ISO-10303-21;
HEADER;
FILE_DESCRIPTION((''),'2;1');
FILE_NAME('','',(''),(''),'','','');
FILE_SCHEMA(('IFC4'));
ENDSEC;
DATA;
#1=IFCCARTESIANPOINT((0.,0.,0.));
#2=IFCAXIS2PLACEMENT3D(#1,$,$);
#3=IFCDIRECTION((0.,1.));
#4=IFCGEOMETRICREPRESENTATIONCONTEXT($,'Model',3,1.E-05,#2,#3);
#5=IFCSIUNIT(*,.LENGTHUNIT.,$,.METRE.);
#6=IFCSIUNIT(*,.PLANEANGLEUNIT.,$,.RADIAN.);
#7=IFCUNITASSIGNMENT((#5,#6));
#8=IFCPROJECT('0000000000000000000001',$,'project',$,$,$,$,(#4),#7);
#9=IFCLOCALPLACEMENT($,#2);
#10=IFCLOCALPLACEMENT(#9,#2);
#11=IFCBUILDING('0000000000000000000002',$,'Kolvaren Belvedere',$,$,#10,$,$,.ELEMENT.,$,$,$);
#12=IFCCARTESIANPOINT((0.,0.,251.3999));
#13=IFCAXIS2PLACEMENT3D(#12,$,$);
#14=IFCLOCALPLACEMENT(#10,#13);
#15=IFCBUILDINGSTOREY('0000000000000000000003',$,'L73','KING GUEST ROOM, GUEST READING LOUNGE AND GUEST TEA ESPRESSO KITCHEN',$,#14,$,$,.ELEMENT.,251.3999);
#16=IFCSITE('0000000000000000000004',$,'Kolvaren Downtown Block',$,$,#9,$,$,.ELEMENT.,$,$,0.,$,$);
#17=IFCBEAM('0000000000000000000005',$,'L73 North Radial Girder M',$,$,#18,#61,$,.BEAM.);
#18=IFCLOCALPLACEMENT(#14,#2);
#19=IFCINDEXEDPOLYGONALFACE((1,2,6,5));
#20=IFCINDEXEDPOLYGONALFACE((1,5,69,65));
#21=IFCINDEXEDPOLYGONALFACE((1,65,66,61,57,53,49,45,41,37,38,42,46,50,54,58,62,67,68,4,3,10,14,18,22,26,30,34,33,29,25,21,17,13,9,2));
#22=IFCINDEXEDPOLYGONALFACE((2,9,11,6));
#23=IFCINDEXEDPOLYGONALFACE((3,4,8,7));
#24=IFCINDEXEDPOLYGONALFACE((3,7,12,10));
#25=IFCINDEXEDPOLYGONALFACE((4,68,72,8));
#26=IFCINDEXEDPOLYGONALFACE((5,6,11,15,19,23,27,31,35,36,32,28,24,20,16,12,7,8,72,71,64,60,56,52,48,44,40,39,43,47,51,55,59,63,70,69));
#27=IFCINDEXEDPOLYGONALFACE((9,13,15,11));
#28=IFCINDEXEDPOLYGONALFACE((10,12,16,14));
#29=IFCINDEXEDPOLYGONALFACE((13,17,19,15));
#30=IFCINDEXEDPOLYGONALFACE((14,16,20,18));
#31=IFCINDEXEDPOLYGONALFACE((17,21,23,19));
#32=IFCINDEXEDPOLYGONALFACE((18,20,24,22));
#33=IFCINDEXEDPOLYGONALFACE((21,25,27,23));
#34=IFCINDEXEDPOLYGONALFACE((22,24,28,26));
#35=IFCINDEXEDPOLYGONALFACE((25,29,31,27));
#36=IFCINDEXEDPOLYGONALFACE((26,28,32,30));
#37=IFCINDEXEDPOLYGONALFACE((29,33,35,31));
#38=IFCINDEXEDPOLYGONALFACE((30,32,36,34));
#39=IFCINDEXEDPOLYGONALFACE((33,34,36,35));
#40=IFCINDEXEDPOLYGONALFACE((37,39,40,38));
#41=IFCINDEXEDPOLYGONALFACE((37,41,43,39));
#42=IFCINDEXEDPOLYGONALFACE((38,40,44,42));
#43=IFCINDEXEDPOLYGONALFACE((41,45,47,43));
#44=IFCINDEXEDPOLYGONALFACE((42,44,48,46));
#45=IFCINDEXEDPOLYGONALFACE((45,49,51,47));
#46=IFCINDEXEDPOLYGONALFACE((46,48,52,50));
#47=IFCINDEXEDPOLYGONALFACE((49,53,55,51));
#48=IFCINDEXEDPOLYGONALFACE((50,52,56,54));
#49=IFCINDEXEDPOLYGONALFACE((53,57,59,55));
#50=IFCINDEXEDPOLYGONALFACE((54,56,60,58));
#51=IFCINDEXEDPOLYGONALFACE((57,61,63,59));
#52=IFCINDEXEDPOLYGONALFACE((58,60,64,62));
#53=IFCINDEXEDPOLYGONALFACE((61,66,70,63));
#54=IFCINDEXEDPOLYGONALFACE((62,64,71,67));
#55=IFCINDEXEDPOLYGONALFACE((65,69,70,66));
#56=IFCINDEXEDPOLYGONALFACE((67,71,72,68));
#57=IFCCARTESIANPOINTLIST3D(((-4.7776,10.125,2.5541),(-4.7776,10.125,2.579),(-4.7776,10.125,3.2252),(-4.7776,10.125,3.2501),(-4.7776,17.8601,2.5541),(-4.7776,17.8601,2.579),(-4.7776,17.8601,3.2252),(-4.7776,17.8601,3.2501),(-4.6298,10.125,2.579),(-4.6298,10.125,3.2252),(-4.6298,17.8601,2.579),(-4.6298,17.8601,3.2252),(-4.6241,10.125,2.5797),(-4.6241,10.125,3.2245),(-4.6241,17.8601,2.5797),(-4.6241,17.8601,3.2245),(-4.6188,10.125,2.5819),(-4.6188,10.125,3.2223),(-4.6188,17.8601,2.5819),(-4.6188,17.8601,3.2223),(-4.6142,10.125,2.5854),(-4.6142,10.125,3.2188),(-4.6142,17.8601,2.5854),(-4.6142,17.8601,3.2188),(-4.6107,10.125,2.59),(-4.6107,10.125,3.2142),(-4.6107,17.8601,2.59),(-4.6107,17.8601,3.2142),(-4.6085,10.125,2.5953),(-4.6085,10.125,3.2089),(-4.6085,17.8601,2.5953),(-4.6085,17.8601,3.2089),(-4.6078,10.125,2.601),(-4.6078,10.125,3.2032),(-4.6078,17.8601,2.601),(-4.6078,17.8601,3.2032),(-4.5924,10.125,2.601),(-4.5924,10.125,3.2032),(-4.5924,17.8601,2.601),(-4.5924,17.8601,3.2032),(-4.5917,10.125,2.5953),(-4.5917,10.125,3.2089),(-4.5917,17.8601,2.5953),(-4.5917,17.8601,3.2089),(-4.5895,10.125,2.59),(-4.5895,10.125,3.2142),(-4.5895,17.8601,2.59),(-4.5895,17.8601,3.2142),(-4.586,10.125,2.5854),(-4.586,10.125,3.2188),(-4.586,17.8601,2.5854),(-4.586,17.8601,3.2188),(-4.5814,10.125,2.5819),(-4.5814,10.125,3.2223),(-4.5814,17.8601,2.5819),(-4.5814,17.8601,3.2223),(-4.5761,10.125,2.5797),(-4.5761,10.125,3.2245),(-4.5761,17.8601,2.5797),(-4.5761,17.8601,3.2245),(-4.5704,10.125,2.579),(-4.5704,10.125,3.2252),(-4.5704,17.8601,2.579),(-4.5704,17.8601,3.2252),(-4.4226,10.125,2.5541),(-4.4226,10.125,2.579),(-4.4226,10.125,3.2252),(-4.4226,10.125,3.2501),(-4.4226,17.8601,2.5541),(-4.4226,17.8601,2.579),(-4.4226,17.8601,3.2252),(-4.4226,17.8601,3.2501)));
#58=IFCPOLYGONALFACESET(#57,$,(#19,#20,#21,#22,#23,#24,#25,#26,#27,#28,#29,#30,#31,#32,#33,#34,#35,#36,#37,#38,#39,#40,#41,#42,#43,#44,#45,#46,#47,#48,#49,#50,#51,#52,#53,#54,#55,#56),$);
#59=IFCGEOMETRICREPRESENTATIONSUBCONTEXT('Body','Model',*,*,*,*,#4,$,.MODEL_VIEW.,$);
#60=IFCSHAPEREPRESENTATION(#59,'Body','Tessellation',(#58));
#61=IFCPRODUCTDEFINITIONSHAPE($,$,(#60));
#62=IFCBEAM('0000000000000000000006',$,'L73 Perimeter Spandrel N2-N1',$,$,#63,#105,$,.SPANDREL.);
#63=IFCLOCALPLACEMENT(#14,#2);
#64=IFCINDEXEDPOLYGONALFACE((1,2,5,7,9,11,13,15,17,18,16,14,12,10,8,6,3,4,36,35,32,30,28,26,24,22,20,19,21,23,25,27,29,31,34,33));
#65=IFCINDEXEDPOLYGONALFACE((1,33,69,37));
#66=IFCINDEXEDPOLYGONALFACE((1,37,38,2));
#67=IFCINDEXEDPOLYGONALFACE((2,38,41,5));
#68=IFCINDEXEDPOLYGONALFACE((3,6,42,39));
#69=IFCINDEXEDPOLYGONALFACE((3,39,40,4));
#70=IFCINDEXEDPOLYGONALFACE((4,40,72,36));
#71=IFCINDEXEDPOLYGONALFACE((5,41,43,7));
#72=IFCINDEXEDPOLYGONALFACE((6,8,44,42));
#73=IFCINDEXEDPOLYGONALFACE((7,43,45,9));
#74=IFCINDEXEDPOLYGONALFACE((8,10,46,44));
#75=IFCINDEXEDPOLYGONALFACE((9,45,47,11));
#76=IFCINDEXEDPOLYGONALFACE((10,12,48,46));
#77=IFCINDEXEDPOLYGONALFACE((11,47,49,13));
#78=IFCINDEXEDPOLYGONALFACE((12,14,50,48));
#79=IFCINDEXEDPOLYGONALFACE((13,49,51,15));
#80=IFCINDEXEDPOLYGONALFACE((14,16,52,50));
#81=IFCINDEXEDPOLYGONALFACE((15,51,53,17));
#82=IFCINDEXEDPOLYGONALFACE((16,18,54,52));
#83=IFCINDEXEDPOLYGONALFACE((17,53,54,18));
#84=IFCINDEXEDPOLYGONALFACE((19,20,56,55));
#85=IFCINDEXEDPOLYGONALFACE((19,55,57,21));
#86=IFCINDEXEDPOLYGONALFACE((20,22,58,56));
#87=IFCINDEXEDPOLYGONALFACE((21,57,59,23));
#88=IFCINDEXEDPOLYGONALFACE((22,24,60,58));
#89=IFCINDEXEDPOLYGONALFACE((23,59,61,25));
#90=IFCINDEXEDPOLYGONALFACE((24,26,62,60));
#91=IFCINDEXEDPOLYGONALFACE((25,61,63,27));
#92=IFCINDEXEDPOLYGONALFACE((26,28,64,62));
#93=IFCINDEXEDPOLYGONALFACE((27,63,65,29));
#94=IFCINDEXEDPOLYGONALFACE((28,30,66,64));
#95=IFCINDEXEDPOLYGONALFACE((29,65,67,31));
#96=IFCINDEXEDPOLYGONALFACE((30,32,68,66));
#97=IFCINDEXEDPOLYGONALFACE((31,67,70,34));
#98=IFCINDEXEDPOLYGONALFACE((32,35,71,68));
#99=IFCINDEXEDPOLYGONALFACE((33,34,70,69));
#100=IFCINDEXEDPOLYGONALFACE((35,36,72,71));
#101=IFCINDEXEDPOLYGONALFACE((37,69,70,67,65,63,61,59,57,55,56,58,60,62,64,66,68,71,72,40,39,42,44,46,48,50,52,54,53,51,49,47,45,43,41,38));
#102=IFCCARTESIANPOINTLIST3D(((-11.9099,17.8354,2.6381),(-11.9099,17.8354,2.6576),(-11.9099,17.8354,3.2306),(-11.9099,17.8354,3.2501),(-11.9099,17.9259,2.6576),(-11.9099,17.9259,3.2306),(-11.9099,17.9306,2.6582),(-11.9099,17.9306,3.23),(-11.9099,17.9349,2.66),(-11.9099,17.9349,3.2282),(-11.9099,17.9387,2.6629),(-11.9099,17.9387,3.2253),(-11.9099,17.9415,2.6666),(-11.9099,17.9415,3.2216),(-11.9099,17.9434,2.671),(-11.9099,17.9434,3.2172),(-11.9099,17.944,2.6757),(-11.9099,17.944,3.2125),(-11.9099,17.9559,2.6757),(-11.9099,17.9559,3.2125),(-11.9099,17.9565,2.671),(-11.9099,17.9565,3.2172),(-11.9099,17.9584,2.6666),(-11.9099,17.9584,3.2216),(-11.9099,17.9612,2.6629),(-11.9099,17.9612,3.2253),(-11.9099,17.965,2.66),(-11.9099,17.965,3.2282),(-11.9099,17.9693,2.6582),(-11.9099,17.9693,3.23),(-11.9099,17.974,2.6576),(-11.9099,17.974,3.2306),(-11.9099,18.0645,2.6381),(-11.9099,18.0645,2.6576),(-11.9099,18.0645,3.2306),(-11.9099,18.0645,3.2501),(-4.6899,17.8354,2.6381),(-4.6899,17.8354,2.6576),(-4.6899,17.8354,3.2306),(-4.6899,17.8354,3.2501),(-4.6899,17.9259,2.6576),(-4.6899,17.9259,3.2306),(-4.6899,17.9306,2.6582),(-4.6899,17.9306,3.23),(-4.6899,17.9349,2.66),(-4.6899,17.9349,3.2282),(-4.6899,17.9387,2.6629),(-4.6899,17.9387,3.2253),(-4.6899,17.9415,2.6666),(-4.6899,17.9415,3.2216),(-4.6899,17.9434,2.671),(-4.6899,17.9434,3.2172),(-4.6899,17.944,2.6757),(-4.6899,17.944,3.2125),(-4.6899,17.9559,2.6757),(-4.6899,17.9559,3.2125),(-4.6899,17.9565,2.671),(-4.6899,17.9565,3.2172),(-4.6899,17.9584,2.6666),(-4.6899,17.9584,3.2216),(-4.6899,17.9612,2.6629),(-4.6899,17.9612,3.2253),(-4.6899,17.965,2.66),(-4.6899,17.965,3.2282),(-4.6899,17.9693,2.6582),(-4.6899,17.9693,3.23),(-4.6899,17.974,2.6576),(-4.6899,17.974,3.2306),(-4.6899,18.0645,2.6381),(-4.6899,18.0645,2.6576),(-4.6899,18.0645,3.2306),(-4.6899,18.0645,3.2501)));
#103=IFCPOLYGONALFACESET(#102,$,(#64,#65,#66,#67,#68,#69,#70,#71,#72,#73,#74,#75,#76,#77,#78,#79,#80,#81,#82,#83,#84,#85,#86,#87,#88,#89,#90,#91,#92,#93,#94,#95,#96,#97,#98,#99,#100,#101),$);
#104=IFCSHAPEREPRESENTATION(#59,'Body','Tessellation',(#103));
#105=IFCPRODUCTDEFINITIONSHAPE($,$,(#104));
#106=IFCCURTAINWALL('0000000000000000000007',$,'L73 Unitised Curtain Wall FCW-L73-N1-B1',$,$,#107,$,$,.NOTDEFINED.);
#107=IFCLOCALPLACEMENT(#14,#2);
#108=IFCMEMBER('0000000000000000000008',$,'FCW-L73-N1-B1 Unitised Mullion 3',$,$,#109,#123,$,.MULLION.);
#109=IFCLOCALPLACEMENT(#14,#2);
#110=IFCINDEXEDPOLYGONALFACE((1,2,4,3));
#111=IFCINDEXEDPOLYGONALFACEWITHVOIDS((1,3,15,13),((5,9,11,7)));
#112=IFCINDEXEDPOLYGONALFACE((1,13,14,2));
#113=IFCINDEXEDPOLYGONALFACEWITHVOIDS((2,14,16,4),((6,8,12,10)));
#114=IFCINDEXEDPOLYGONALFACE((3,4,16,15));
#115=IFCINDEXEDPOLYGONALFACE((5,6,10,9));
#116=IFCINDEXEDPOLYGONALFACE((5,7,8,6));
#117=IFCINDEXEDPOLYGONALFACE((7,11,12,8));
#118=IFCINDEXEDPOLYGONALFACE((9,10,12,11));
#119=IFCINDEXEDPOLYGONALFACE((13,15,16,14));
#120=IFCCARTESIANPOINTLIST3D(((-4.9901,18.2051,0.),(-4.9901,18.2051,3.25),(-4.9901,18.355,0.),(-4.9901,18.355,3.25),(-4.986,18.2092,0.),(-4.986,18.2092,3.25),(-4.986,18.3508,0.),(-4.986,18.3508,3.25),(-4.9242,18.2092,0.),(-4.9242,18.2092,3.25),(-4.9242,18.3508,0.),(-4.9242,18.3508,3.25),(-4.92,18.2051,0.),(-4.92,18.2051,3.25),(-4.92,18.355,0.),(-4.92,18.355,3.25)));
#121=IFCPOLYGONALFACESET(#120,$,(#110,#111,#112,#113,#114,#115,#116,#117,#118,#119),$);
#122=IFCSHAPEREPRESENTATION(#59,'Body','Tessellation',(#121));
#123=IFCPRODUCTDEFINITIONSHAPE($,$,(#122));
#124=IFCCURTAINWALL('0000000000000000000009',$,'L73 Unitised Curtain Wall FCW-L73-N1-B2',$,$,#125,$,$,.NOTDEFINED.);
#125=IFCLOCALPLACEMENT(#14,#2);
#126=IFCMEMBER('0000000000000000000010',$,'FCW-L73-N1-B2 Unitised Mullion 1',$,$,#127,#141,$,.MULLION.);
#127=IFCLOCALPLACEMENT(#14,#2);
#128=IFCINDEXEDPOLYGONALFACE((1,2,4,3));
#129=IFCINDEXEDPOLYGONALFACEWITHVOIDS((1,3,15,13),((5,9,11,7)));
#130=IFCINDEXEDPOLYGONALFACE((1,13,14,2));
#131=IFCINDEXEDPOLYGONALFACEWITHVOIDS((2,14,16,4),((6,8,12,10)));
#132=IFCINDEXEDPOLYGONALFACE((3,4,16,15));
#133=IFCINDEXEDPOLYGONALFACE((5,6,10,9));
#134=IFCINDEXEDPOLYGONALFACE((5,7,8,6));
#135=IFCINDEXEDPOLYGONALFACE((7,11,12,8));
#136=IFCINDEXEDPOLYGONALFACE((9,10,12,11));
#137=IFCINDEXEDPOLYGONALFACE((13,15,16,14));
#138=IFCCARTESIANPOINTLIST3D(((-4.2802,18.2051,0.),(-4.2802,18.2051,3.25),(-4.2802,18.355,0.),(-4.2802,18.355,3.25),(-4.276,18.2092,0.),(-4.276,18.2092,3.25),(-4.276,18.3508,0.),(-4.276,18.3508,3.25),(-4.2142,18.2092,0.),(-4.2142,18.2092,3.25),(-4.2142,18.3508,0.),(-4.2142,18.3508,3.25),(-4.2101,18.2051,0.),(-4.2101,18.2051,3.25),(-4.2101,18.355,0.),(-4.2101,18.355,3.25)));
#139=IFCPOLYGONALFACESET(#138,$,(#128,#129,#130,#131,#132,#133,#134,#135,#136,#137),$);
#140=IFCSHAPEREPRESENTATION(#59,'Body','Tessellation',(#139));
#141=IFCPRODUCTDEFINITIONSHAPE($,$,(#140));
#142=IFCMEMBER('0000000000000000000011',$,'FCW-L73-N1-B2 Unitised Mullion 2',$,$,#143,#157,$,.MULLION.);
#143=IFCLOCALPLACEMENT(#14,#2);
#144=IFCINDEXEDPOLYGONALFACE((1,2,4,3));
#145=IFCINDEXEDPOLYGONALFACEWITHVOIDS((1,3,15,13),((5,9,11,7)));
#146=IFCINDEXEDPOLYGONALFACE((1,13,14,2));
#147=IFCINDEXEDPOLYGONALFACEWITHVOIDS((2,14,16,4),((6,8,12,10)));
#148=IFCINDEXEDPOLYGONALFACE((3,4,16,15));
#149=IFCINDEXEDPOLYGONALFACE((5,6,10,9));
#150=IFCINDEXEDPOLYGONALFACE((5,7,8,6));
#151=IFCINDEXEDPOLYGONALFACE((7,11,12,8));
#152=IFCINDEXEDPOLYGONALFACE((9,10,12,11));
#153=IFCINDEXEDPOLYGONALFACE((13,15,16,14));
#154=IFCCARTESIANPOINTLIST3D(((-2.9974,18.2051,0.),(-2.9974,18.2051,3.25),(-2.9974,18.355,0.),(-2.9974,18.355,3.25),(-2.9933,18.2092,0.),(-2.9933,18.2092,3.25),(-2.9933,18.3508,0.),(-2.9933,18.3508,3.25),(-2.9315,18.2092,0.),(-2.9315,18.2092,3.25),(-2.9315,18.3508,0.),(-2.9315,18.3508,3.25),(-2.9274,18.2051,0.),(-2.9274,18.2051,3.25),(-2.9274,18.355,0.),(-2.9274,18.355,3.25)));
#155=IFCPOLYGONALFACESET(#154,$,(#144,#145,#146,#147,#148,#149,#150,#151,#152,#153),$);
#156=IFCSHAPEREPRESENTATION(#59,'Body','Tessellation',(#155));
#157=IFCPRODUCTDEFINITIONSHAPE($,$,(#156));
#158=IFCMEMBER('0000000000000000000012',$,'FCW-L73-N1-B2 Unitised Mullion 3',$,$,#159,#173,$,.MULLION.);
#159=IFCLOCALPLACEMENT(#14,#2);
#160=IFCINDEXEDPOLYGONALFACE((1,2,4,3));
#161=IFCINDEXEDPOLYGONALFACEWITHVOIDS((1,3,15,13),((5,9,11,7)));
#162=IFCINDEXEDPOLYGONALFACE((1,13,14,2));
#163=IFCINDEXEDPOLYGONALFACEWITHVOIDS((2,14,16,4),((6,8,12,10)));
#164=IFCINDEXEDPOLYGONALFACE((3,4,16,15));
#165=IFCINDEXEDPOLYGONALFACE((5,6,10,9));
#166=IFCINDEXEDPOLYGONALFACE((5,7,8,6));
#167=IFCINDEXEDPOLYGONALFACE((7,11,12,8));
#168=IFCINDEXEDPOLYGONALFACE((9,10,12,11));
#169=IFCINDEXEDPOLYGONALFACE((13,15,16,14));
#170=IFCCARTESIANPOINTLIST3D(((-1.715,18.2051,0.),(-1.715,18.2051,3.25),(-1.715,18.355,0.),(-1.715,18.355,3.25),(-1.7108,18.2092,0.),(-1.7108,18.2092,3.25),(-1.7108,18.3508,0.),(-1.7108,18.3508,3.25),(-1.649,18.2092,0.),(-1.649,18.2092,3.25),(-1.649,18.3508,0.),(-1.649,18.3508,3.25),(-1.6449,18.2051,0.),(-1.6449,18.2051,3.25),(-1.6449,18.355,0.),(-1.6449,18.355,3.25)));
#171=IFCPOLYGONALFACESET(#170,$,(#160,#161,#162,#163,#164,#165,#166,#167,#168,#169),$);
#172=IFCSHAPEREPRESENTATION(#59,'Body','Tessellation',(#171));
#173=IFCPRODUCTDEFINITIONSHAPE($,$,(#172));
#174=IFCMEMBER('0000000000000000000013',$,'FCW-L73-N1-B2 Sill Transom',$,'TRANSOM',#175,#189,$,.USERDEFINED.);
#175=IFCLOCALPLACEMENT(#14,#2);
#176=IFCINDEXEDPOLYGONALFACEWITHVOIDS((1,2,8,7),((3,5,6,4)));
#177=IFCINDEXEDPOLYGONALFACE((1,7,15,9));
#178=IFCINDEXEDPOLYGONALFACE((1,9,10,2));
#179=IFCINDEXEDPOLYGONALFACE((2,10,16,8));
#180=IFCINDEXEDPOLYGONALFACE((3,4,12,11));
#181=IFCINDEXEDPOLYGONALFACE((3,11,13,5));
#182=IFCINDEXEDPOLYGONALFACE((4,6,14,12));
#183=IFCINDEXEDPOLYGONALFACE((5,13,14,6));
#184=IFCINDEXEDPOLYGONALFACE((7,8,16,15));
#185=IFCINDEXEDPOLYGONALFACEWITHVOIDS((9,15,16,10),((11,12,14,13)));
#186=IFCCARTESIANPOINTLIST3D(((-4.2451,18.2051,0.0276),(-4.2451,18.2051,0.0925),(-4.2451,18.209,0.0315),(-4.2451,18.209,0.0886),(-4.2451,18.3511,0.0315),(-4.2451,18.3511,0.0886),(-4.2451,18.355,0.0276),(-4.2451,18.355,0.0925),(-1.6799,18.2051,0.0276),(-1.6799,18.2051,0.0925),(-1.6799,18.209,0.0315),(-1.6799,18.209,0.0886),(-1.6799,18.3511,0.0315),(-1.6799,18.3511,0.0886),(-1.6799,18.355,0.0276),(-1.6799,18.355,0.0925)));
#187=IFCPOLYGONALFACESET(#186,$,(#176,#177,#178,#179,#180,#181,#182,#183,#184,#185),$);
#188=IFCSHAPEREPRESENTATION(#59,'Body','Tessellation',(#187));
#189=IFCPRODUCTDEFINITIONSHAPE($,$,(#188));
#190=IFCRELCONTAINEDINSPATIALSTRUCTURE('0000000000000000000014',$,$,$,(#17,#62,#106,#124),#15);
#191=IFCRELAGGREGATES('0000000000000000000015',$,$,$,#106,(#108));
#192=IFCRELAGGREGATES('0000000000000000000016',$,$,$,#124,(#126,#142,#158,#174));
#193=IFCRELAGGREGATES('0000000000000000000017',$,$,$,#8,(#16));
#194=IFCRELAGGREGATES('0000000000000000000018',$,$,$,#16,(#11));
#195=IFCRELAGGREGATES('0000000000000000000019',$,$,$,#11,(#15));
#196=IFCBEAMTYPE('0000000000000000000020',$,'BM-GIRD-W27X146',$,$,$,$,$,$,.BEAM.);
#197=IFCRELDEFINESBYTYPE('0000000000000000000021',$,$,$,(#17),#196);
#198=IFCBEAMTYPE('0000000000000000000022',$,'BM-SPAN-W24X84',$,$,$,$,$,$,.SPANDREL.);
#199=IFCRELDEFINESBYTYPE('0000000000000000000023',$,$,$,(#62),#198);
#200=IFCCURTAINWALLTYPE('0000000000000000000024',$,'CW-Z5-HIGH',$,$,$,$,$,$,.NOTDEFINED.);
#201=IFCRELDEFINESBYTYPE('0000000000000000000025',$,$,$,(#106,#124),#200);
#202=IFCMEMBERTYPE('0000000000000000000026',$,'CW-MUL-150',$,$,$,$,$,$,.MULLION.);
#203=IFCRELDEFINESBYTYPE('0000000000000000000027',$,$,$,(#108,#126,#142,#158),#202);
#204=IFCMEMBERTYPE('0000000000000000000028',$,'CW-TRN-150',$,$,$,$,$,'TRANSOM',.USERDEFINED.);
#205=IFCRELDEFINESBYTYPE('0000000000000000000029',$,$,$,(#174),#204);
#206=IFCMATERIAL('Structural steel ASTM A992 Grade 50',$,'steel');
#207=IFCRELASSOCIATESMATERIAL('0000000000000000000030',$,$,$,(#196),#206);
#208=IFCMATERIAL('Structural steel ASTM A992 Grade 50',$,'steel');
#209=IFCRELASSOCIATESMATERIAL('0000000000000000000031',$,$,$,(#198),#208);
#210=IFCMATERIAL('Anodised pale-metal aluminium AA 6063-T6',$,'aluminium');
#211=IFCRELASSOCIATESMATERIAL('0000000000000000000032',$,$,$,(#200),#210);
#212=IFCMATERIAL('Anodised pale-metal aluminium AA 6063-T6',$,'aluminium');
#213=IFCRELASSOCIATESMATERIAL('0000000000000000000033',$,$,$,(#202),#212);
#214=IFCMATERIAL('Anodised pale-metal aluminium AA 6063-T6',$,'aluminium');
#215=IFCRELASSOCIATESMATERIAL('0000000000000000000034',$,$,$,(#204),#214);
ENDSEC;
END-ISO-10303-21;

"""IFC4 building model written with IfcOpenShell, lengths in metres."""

from ifc_helpers import new_model, si_unit, direction, frame, origin, origin_2d, place, context, subcontext, project, spatial, hollow_rectangle, i_section, extrude, material, material_profile, profile_set, type_object, element, aggregate, save


model = new_model("IFC4")

# Units and contexts
model_context = context("Model", 3, precision=1e-05, world=origin(), true_north=direction((0.0, 1.0)))
body_context = subcontext(model_context, "Body", "Model", "MODEL_VIEW")
ifc_project = project(units=[si_unit("LENGTHUNIT", "METRE"), si_unit("PLANEANGLEUNIT", "RADIAN")], contexts=[model_context])

# Site, building, storey
site_placement = place(None, origin())
site = spatial("IfcSite", under=ifc_project, at=site_placement, Name="Kolvaren Downtown Block", CompositionType="ELEMENT", RefElevation=0.0)
building_placement = place(site_placement, origin())
building = spatial("IfcBuilding", under=site, at=building_placement, Name="Kolvaren Belvedere", CompositionType="ELEMENT")
storey_placement = place(building_placement, frame((0.0, 0.0, 251.3999)))
storey = spatial("IfcBuildingStorey", under=building, at=storey_placement, Name="L73", Description="KING GUEST ROOM, GUEST READING LOUNGE AND GUEST TEA ESPRESSO KITCHEN", CompositionType="ELEMENT", Elevation=251.3999)

# Beams
ifc_material_1 = material(Name="Structural steel ASTM A992 Grade 50", Category="steel")
ifc_material_profile_1 = material_profile(ifc_material_1, i_section(OverallWidth=0.355, OverallDepth=0.696, WebThickness=0.0154, FlangeThickness=0.0249, FilletRadius=0.022, at=origin_2d()), Name="W27X146")
ifc_profile_set_1 = profile_set([ifc_material_profile_1], Name="Structural steel ASTM A992 Grade 50")
beam_type_1 = type_object("IfcBeamType", Name="BM-GIRD-W27X146", PredefinedType="BEAM", material=ifc_profile_set_1)
beam_1_placement = place(storey_placement, frame((-4.6001, 10.125, 2.9021), z_axis=(0.0, 1.0, 0.0), x_axis=(-1.0, 0.0, 0.0)))
element("IfcBeam", 1, at=beam_1_placement, inside=storey, type_object=beam_type_1, Name="L73 North Radial Girder M", PredefinedType="BEAM", context=body_context, shape_type="SweptSolid", body=[
    extrude(i_section(OverallWidth=0.355, OverallDepth=0.696, WebThickness=0.0154, FlangeThickness=0.0249, FilletRadius=0.022, at=origin_2d()), origin(), (0.0, 0.0, 1.0), 7.7351),
])
ifc_material_2 = material(Name="Structural steel ASTM A992 Grade 50", Category="steel")
ifc_material_profile_2 = material_profile(ifc_material_2, i_section(OverallWidth=0.229, OverallDepth=0.6121, WebThickness=0.012, FlangeThickness=0.0195, FilletRadius=0.0181, at=origin_2d()), Name="W24X84")
ifc_profile_set_2 = profile_set([ifc_material_profile_2], Name="Structural steel ASTM A992 Grade 50")
beam_type_2 = type_object("IfcBeamType", Name="BM-SPAN-W24X84", PredefinedType="SPANDREL", material=ifc_profile_set_2)
beam_2_placement = place(storey_placement, frame((-4.6899, 17.95, 2.9441), z_axis=(-1.0, 0.0, 0.0), x_axis=(0.0, -1.0, 0.0)))
element("IfcBeam", 2, at=beam_2_placement, inside=storey, type_object=beam_type_2, Name="L73 Perimeter Spandrel N2-N1", PredefinedType="SPANDREL", context=body_context, shape_type="SweptSolid", body=[
    extrude(i_section(OverallWidth=0.229, OverallDepth=0.6121, WebThickness=0.012, FlangeThickness=0.0195, FilletRadius=0.0181, at=origin_2d()), origin(), (0.0, 0.0, 1.0), 7.22),
])

# Curtain wall, member
ifc_material_3 = material(Name="Anodised pale-metal aluminium AA 6063-T6", Category="aluminium")
curtain_wall_type = type_object("IfcCurtainWallType", Name="CW-Z5-HIGH", PredefinedType="NOTDEFINED", material=ifc_material_3)
curtain_wall_1_placement = place(storey_placement, origin())
curtain_wall_1 = element("IfcCurtainWall", 3, at=curtain_wall_1_placement, inside=storey, type_object=curtain_wall_type, Name="L73 Unitised Curtain Wall FCW-L73-N1-B1", PredefinedType="NOTDEFINED")
ifc_material_4 = material(Name="Anodised pale-metal aluminium AA 6063-T6", Category="aluminium")
ifc_material_profile_3 = material_profile(ifc_material_4, hollow_rectangle(XDim=0.0701, YDim=0.1499, WallThickness=0.0042, at=origin_2d()), Name="ALU-MUL-150X70")
ifc_profile_set_3 = profile_set([ifc_material_profile_3], Name="Anodised pale-metal aluminium AA 6063-T6")
member_type_1 = type_object("IfcMemberType", Name="CW-MUL-150", PredefinedType="MULLION", material=ifc_profile_set_3)
member_1_placement = place(storey_placement, frame((-4.9551, 18.28, 0.0), z_axis=(0.0, 0.0, 1.0), x_axis=(1.0, 0.0, 0.0)))
member_1 = element("IfcMember", 4, at=member_1_placement, type_object=member_type_1, Name="FCW-L73-N1-B1 Unitised Mullion 3", PredefinedType="MULLION", context=body_context, shape_type="SweptSolid", body=[
    extrude(hollow_rectangle(XDim=0.0701, YDim=0.1499, WallThickness=0.0042, at=origin_2d()), origin(), (0.0, 0.0, 1.0), 3.25),
])

# Curtain wall, members
curtain_wall_2_placement = place(storey_placement, origin())
curtain_wall_2 = element("IfcCurtainWall", 5, at=curtain_wall_2_placement, inside=storey, type_object=curtain_wall_type, Name="L73 Unitised Curtain Wall FCW-L73-N1-B2", PredefinedType="NOTDEFINED")
member_2_placement = place(storey_placement, frame((-4.2451, 18.28, 0.0), z_axis=(0.0, 0.0, 1.0), x_axis=(1.0, 0.0, 0.0)))
member_2 = element("IfcMember", 6, at=member_2_placement, type_object=member_type_1, Name="FCW-L73-N1-B2 Unitised Mullion 1", PredefinedType="MULLION", context=body_context, shape_type="SweptSolid", body=[
    extrude(hollow_rectangle(XDim=0.0701, YDim=0.1499, WallThickness=0.0042, at=origin_2d()), origin(), (0.0, 0.0, 1.0), 3.25),
])
member_3_placement = place(storey_placement, frame((-2.9624, 18.28, 0.0), z_axis=(0.0, 0.0, 1.0), x_axis=(1.0, 0.0, 0.0)))
member_3 = element("IfcMember", 7, at=member_3_placement, type_object=member_type_1, Name="FCW-L73-N1-B2 Unitised Mullion 2", PredefinedType="MULLION", context=body_context, shape_type="SweptSolid", body=[
    extrude(hollow_rectangle(XDim=0.0701, YDim=0.1499, WallThickness=0.0042, at=origin_2d()), origin(), (0.0, 0.0, 1.0), 3.25),
])
member_4_placement = place(storey_placement, frame((-1.6799, 18.28, 0.0), z_axis=(0.0, 0.0, 1.0), x_axis=(1.0, 0.0, 0.0)))
member_4 = element("IfcMember", 8, at=member_4_placement, type_object=member_type_1, Name="FCW-L73-N1-B2 Unitised Mullion 3", PredefinedType="MULLION", context=body_context, shape_type="SweptSolid", body=[
    extrude(hollow_rectangle(XDim=0.0701, YDim=0.1499, WallThickness=0.0042, at=origin_2d()), origin(), (0.0, 0.0, 1.0), 3.25),
])
ifc_material_5 = material(Name="Anodised pale-metal aluminium AA 6063-T6", Category="aluminium")
ifc_material_profile_4 = material_profile(ifc_material_5, hollow_rectangle(XDim=0.0649, YDim=0.1499, WallThickness=0.0039, at=origin_2d()), Name="ALU-TRN-150X65")
ifc_profile_set_4 = profile_set([ifc_material_profile_4], Name="Anodised pale-metal aluminium AA 6063-T6")
member_type_2 = type_object("IfcMemberType", Name="CW-TRN-150", ElementType="TRANSOM", PredefinedType="USERDEFINED", material=ifc_profile_set_4)
member_5_placement = place(storey_placement, frame((-4.2451, 18.28, 0.0601), z_axis=(1.0, 0.0, 0.0), x_axis=(0.0, 0.0, 1.0)))
member_5 = element("IfcMember", 9, at=member_5_placement, type_object=member_type_2, Name="FCW-L73-N1-B2 Sill Transom", ObjectType="TRANSOM", PredefinedType="USERDEFINED", context=body_context, shape_type="SweptSolid", body=[
    extrude(hollow_rectangle(XDim=0.0649, YDim=0.1499, WallThickness=0.0039, at=origin_2d()), origin(), (0.0, 0.0, 1.0), 2.5652),
])

aggregate(curtain_wall_1, [member_1])
aggregate(curtain_wall_2, [member_2, member_3, member_4, member_5])

save(model, "model.ifc")
